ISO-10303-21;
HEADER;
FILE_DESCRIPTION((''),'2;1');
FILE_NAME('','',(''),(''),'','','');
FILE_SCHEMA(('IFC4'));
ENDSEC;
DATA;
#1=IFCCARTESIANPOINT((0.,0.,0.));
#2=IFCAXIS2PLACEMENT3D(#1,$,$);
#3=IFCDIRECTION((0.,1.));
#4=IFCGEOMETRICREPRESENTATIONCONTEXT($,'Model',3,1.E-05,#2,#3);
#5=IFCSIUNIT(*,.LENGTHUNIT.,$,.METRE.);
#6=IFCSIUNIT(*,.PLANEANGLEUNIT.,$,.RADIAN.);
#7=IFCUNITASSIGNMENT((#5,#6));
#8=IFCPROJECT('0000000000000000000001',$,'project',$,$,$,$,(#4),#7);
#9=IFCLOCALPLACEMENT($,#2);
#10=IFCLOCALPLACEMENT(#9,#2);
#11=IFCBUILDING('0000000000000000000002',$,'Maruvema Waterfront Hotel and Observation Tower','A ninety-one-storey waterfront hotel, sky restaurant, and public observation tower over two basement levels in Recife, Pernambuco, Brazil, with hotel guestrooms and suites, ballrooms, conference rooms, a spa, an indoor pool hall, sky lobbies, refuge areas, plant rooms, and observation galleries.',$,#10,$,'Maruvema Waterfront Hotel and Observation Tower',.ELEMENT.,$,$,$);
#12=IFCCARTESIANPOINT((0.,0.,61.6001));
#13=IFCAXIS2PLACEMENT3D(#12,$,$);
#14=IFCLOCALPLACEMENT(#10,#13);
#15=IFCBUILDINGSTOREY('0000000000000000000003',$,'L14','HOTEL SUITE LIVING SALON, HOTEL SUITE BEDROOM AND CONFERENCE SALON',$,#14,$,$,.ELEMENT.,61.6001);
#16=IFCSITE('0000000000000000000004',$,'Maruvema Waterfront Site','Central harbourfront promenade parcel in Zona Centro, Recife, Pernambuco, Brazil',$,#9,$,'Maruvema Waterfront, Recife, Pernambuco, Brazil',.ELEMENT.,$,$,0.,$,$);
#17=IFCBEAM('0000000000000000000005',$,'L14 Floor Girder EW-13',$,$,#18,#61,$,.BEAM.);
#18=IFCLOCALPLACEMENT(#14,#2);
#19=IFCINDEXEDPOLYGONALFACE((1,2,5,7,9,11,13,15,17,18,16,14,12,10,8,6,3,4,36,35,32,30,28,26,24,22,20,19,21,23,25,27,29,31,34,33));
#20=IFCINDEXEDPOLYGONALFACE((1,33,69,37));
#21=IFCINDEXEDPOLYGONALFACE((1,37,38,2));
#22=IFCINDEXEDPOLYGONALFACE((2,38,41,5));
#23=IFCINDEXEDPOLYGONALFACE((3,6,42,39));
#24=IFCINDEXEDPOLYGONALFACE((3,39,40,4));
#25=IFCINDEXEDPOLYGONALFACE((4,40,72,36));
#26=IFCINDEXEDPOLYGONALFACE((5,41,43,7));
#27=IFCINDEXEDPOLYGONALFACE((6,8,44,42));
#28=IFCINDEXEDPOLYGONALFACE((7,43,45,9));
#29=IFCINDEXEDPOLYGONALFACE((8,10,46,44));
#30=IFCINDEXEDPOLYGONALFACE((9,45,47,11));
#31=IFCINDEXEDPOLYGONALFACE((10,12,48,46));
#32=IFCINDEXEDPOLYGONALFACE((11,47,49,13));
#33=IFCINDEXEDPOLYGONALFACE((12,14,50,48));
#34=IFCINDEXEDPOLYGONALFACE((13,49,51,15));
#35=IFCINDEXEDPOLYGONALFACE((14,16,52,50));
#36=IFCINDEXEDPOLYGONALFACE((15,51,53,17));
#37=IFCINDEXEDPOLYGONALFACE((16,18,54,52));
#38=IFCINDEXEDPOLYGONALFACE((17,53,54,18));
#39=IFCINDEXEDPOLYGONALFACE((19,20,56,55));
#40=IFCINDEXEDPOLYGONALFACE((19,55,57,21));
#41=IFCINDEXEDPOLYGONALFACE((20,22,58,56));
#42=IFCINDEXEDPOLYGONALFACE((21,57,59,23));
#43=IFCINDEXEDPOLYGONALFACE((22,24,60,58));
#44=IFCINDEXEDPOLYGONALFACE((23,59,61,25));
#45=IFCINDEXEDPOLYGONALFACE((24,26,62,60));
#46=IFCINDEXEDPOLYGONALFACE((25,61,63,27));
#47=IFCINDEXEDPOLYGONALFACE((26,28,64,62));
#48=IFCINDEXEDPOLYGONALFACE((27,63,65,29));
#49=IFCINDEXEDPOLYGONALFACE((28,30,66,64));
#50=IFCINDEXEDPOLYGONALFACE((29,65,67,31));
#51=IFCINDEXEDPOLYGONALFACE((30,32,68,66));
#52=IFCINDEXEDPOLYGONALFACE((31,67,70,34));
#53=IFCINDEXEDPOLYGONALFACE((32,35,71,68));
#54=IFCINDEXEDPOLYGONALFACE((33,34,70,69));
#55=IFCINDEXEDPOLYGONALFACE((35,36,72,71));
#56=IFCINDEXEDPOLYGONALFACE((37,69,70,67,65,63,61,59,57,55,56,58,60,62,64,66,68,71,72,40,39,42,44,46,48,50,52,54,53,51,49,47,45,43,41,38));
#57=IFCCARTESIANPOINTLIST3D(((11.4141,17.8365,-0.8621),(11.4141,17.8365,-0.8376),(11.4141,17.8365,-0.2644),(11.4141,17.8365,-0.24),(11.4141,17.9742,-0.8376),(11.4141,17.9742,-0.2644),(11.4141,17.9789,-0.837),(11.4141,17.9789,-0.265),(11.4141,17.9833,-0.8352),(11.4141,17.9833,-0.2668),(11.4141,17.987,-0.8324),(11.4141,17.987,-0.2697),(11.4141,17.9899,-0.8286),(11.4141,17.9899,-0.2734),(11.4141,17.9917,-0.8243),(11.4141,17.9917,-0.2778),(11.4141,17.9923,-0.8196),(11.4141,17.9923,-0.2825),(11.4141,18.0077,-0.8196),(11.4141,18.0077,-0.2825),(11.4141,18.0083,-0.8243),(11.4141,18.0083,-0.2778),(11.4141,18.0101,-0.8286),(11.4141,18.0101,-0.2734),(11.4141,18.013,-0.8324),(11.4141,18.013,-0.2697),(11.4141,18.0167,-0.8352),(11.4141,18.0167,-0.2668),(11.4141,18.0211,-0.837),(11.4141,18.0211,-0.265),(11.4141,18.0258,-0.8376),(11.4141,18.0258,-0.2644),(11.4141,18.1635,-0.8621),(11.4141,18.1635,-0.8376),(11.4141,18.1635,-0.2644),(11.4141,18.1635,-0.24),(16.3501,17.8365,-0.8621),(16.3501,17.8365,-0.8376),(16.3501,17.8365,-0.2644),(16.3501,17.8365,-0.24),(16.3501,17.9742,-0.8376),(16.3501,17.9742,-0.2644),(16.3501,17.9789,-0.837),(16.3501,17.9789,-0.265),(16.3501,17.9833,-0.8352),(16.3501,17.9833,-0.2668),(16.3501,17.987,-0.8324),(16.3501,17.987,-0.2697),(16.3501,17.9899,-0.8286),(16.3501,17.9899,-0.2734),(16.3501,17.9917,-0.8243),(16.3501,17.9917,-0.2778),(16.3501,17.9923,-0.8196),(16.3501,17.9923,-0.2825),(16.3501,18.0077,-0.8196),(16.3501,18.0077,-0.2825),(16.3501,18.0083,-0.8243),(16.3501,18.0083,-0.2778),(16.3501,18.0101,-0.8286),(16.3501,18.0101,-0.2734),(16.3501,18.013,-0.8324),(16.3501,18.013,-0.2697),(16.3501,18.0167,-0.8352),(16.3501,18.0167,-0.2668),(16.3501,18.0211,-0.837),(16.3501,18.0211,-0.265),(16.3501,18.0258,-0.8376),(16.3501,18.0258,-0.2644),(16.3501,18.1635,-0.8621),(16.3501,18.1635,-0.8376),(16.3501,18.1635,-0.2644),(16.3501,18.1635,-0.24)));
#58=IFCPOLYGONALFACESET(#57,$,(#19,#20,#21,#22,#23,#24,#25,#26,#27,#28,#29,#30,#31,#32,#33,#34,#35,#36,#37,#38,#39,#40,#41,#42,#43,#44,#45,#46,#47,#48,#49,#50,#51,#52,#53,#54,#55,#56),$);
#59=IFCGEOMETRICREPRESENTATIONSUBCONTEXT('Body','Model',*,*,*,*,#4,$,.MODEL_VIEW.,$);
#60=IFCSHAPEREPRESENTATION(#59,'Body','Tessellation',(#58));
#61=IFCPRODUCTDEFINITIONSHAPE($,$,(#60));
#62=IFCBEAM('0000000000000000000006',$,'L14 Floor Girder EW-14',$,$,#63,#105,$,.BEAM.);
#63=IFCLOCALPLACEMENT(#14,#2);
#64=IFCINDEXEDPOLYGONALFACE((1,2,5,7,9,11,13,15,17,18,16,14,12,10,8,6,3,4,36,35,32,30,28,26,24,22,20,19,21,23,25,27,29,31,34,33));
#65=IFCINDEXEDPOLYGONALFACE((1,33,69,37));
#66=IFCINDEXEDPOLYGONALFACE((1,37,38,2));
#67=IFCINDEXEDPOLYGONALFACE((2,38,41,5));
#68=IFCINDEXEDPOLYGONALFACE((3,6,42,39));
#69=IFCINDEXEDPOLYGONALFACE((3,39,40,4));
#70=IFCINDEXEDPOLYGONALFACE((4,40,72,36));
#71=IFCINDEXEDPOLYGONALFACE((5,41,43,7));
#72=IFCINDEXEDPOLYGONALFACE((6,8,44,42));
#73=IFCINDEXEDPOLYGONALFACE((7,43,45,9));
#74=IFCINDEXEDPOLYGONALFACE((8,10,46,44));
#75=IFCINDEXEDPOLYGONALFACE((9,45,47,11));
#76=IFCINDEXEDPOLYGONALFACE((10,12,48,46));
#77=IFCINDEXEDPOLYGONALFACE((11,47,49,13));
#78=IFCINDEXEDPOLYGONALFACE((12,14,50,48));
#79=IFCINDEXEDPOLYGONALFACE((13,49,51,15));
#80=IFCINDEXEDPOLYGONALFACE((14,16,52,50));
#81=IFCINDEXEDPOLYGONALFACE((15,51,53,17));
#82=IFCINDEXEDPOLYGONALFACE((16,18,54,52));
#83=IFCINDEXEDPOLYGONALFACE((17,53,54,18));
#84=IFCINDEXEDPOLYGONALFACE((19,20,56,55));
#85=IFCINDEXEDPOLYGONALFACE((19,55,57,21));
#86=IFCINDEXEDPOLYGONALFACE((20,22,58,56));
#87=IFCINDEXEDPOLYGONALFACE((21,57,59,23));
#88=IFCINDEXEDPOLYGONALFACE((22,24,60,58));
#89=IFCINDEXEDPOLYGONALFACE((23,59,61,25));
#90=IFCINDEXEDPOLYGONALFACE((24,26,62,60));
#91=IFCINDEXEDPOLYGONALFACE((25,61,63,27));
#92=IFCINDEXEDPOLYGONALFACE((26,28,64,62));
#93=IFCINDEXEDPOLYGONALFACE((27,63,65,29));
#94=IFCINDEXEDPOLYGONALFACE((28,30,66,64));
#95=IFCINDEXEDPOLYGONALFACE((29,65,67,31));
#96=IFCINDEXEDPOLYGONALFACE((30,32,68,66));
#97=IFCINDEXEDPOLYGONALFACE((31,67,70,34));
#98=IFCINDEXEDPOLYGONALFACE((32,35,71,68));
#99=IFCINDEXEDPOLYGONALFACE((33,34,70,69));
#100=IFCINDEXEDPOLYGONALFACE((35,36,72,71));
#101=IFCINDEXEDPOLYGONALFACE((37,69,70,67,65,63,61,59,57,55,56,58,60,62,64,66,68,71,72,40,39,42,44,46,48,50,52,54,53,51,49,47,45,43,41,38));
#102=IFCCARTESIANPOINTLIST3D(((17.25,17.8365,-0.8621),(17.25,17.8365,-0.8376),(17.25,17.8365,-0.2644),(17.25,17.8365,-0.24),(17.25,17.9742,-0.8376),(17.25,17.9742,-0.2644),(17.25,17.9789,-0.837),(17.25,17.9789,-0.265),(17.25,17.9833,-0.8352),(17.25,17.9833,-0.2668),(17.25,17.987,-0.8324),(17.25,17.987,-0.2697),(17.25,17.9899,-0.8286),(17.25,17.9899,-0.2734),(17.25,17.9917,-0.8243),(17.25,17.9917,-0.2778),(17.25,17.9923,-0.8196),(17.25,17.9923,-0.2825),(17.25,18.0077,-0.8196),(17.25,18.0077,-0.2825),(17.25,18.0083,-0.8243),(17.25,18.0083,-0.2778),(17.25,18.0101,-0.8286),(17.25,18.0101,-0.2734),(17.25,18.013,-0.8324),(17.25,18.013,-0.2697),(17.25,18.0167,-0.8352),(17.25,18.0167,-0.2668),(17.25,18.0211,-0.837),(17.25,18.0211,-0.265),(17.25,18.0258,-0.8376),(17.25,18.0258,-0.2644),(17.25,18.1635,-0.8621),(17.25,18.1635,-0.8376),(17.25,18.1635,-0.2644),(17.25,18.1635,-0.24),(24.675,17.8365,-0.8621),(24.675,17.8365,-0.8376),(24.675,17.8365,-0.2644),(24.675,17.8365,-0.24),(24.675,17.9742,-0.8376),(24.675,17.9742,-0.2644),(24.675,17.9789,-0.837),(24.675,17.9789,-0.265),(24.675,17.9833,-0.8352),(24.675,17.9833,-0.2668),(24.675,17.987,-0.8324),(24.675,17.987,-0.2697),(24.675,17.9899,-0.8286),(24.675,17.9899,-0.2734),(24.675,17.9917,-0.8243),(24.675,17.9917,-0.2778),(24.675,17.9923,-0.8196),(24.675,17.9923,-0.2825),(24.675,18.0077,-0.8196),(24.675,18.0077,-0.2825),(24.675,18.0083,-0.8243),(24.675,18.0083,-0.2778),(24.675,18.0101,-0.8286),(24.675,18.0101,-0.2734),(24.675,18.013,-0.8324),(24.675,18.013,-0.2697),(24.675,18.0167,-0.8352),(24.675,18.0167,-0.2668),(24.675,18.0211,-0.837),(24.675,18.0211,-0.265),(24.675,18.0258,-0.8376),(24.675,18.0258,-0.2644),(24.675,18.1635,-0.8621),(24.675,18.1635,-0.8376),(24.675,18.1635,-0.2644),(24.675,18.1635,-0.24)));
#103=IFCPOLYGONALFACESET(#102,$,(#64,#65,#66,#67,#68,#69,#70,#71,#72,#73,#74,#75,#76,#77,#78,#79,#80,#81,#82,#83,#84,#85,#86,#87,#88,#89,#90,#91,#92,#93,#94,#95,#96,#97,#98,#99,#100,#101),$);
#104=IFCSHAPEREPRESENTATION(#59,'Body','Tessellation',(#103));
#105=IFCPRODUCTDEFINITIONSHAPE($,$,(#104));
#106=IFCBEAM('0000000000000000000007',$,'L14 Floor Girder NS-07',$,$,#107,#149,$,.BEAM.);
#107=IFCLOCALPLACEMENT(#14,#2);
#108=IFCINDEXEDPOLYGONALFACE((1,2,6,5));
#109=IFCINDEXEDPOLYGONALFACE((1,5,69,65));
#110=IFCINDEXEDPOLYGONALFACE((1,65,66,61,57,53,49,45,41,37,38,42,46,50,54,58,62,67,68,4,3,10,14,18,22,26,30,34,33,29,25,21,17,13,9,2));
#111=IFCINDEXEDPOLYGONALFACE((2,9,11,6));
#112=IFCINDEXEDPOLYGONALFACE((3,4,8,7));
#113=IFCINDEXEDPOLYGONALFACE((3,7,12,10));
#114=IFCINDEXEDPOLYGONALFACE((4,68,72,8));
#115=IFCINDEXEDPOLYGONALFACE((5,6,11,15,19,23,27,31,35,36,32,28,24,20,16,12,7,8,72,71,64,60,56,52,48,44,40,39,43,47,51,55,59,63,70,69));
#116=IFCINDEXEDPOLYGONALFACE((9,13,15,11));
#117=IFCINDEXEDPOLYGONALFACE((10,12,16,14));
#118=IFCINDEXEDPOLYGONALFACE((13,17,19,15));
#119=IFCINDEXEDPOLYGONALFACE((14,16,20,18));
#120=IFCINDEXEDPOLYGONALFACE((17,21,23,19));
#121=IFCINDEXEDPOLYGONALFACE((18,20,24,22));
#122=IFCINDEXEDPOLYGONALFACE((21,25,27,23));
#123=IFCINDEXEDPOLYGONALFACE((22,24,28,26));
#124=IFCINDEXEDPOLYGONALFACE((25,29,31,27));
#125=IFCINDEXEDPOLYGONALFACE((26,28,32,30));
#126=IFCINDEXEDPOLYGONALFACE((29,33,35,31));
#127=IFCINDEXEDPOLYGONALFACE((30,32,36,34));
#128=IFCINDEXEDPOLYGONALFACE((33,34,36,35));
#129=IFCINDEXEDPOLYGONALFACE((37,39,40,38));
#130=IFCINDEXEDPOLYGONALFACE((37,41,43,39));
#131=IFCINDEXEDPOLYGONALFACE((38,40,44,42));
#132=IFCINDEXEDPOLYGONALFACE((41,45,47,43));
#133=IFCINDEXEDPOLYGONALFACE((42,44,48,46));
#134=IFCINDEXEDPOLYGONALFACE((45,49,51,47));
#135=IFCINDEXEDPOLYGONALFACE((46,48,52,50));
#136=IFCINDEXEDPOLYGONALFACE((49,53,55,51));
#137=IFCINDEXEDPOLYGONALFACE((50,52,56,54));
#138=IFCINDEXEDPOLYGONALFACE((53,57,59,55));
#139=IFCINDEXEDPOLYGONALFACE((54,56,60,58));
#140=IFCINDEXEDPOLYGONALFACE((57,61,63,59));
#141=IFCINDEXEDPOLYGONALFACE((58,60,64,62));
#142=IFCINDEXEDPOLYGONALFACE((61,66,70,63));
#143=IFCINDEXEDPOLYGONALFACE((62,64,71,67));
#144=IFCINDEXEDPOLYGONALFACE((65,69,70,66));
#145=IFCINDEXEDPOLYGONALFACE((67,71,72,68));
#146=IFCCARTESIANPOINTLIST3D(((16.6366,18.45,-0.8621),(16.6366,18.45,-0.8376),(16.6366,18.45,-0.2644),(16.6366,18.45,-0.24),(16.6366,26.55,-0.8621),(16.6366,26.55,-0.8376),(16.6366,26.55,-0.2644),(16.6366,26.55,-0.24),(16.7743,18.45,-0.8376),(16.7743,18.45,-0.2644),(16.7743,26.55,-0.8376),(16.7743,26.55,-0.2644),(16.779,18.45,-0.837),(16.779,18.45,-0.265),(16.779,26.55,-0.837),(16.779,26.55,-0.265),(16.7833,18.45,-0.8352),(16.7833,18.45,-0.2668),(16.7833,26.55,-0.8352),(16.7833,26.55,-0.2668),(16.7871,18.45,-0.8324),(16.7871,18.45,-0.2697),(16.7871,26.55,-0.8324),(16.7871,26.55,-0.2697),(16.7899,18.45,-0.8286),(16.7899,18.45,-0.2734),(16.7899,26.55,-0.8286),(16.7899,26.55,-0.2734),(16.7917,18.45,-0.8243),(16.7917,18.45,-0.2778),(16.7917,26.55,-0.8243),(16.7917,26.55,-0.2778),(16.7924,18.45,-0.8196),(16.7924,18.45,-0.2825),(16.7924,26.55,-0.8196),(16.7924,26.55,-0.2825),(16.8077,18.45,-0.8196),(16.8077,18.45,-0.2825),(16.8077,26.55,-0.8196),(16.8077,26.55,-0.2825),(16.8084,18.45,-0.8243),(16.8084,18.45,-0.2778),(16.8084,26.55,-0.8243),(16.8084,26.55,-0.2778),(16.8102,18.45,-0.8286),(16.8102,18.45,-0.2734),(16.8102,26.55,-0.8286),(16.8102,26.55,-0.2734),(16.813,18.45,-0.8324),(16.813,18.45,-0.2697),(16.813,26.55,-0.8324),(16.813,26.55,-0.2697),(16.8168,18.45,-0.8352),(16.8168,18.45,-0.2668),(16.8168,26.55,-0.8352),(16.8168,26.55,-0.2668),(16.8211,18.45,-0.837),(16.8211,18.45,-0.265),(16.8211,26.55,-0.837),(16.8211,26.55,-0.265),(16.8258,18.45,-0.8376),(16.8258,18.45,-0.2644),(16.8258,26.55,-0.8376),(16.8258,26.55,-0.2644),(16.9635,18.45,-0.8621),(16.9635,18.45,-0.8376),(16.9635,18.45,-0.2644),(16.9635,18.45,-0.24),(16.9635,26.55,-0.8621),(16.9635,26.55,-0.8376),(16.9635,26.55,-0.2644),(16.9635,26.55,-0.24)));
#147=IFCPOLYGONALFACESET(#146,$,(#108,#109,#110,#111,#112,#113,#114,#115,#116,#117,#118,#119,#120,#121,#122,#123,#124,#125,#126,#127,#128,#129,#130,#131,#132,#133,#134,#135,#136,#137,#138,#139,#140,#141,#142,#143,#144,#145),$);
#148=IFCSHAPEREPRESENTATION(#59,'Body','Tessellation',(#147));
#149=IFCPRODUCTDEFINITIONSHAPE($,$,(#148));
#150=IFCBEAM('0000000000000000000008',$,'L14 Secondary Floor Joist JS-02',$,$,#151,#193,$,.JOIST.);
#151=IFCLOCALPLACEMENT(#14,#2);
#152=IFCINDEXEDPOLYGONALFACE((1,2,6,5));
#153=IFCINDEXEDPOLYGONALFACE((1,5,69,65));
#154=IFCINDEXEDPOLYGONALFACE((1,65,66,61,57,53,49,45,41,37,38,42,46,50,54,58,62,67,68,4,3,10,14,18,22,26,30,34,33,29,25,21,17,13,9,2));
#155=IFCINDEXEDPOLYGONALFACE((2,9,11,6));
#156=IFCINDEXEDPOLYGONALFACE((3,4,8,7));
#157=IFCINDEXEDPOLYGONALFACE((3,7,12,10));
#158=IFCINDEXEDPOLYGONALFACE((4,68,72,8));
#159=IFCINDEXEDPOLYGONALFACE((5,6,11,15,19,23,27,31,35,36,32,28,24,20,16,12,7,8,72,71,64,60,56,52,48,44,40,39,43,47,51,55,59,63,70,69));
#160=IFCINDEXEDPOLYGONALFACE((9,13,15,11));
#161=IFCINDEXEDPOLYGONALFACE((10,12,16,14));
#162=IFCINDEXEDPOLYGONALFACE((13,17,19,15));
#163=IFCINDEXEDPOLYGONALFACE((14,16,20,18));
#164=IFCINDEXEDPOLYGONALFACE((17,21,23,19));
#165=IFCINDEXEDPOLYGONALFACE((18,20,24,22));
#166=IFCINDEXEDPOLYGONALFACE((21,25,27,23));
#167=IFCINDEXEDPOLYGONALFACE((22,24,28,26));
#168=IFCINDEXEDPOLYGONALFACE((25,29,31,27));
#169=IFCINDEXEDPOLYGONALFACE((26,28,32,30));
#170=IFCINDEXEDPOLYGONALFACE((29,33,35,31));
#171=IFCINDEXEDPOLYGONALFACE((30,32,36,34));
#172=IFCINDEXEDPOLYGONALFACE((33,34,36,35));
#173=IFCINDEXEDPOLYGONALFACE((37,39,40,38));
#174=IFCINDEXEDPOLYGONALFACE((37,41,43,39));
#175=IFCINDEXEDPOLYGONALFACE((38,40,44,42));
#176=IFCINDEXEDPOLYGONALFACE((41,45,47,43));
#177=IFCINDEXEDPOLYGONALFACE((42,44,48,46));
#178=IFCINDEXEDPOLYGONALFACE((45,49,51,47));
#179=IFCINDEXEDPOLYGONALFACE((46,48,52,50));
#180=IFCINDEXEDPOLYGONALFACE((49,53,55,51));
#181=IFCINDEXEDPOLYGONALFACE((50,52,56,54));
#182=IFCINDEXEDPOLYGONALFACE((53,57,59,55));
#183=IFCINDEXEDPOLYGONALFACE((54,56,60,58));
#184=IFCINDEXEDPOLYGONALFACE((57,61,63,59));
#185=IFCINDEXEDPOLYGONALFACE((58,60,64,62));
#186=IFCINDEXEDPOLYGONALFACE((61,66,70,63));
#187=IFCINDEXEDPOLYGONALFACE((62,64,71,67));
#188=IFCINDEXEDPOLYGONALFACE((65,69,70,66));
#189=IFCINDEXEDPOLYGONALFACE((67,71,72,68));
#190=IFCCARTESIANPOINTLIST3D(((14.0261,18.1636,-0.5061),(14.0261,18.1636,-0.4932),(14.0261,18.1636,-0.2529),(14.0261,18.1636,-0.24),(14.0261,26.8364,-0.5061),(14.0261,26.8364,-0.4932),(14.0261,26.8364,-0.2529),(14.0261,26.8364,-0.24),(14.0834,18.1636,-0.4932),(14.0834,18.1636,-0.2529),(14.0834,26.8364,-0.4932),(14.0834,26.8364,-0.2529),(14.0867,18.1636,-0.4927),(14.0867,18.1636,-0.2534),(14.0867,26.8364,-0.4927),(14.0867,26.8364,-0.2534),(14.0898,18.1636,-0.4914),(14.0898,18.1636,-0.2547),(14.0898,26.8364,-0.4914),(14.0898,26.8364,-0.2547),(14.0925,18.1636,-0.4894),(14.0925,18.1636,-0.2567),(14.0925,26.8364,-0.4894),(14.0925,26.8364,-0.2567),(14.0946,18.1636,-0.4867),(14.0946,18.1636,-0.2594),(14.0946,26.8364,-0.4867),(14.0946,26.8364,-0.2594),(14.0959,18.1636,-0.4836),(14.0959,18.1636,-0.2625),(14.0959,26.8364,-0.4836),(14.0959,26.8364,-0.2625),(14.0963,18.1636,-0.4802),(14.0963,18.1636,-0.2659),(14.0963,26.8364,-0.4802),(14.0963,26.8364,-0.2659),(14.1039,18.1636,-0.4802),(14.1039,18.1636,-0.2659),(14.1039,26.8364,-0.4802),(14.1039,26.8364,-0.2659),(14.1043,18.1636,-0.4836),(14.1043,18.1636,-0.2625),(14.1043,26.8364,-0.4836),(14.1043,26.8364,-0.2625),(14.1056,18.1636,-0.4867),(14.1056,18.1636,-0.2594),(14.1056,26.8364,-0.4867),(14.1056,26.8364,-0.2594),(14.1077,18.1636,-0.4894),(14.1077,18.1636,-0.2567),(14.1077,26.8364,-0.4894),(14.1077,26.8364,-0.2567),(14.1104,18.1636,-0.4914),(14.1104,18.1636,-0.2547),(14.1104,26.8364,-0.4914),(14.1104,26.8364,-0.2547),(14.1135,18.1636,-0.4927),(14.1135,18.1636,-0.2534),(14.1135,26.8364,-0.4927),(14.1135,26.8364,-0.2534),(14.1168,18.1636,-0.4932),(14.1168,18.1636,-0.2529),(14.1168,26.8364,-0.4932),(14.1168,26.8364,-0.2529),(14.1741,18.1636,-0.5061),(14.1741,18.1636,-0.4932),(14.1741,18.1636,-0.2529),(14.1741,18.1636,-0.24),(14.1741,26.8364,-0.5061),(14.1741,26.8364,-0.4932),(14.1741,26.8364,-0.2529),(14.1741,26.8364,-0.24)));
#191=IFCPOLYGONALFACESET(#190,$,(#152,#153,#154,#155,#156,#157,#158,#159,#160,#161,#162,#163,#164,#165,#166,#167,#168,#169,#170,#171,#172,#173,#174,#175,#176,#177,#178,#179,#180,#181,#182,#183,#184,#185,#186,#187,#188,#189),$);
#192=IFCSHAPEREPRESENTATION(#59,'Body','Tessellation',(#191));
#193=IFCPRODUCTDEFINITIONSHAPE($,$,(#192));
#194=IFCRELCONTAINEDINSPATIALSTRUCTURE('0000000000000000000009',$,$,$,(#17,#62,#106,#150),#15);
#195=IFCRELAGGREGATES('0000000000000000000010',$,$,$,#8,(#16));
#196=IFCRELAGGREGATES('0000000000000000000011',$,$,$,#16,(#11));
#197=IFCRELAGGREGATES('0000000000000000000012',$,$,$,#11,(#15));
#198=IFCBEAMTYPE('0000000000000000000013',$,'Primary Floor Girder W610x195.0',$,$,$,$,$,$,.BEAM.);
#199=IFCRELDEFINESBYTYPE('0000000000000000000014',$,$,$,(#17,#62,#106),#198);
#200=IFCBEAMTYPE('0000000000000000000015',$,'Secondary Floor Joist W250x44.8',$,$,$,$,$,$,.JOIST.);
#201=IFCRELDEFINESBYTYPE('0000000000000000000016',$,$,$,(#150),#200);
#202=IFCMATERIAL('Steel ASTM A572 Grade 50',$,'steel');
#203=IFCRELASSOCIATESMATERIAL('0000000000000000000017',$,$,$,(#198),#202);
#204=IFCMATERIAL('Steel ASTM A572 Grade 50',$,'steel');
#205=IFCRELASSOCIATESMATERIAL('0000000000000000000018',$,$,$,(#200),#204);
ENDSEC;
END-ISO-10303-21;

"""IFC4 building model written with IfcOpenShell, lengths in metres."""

from ifc_helpers import new_model, si_unit, direction, frame, origin, origin_2d, place, context, subcontext, project, spatial, i_section, extrude, material, material_profile, profile_set, type_object, element, save


model = new_model("IFC4")

# Units and contexts
model_context = context("Model", 3, precision=1e-05, world=origin(), true_north=direction((0.0, 1.0)))
body_context = subcontext(model_context, "Body", "Model", "MODEL_VIEW")
ifc_project = project(units=[si_unit("LENGTHUNIT", "METRE"), si_unit("PLANEANGLEUNIT", "RADIAN")], contexts=[model_context])

# Site, building, storey
site_placement = place(None, origin())
site = spatial("IfcSite", under=ifc_project, at=site_placement, Name="Maruvema Waterfront Site", Description="Central harbourfront promenade parcel in Zona Centro, Recife, Pernambuco, Brazil", LongName="Maruvema Waterfront, Recife, Pernambuco, Brazil", CompositionType="ELEMENT", RefElevation=0.0)
building_placement = place(site_placement, origin())
building = spatial("IfcBuilding", under=site, at=building_placement, Name="Maruvema Waterfront Hotel and Observation Tower", Description="A ninety-one-storey waterfront hotel, sky restaurant, and public observation tower over two basement levels in Recife, Pernambuco, Brazil, with hotel guestrooms and suites, ballrooms, conference rooms, a spa, an indoor pool hall, sky lobbies, refuge areas, plant rooms, and observation galleries.", LongName="Maruvema Waterfront Hotel and Observation Tower", CompositionType="ELEMENT")
storey_placement = place(building_placement, frame((0.0, 0.0, 61.6001)))
storey = spatial("IfcBuildingStorey", under=building, at=storey_placement, Name="L14", Description="HOTEL SUITE LIVING SALON, HOTEL SUITE BEDROOM AND CONFERENCE SALON", CompositionType="ELEMENT", Elevation=61.6001)

# Beams
ifc_material_1 = material(Name="Steel ASTM A572 Grade 50", Category="steel")
ifc_material_profile_1 = material_profile(ifc_material_1, i_section(OverallWidth=0.3269, OverallDepth=0.6221, WebThickness=0.0154, FlangeThickness=0.0244, FilletRadius=0.0181, at=origin_2d()), Name="W610x195.0")
ifc_profile_set_1 = profile_set([ifc_material_profile_1], Name="Steel ASTM A572 Grade 50")
beam_type_1 = type_object("IfcBeamType", Name="Primary Floor Girder W610x195.0", PredefinedType="BEAM", material=ifc_profile_set_1)
beam_1_placement = place(storey_placement, frame((11.4141, 18.0, -0.551), z_axis=(1.0, 0.0, 0.0), x_axis=(0.0, 1.0, 0.0)))
element("IfcBeam", 1, at=beam_1_placement, inside=storey, type_object=beam_type_1, Name="L14 Floor Girder EW-13", PredefinedType="BEAM", context=body_context, shape_type="SweptSolid", body=[
    extrude(i_section(OverallWidth=0.3269, OverallDepth=0.6221, WebThickness=0.0154, FlangeThickness=0.0244, FilletRadius=0.0181, at=origin_2d()), origin(), (0.0, 0.0, 1.0), 4.936),
])
beam_2_placement = place(storey_placement, frame((17.25, 18.0, -0.551), z_axis=(1.0, 0.0, 0.0), x_axis=(0.0, 1.0, 0.0)))
element("IfcBeam", 2, at=beam_2_placement, inside=storey, type_object=beam_type_1, Name="L14 Floor Girder EW-14", PredefinedType="BEAM", context=body_context, shape_type="SweptSolid", body=[
    extrude(i_section(OverallWidth=0.3269, OverallDepth=0.6221, WebThickness=0.0154, FlangeThickness=0.0244, FilletRadius=0.0181, at=origin_2d()), origin(), (0.0, 0.0, 1.0), 7.425),
])
beam_3_placement = place(storey_placement, frame((16.8, 18.45, -0.551), z_axis=(0.0, 1.0, 0.0), x_axis=(-1.0, 0.0, 0.0)))
element("IfcBeam", 3, at=beam_3_placement, inside=storey, type_object=beam_type_1, Name="L14 Floor Girder NS-07", PredefinedType="BEAM", context=body_context, shape_type="SweptSolid", body=[
    extrude(i_section(OverallWidth=0.3269, OverallDepth=0.6221, WebThickness=0.0154, FlangeThickness=0.0244, FilletRadius=0.0181, at=origin_2d()), origin(), (0.0, 0.0, 1.0), 8.1001),
])
ifc_material_2 = material(Name="Steel ASTM A572 Grade 50", Category="steel")
ifc_material_profile_2 = material_profile(ifc_material_2, i_section(OverallWidth=0.1479, OverallDepth=0.2661, WebThickness=0.0076, FlangeThickness=0.0129, FilletRadius=0.0129, at=origin_2d()), Name="W250x44.8")
ifc_profile_set_2 = profile_set([ifc_material_profile_2], Name="Steel ASTM A572 Grade 50")
beam_type_2 = type_object("IfcBeamType", Name="Secondary Floor Joist W250x44.8", PredefinedType="JOIST", material=ifc_profile_set_2)
beam_4_placement = place(storey_placement, frame((14.1001, 18.1636, -0.373), z_axis=(0.0, 1.0, 0.0), x_axis=(-1.0, 0.0, 0.0)))
element("IfcBeam", 4, at=beam_4_placement, inside=storey, type_object=beam_type_2, Name="L14 Secondary Floor Joist JS-02", PredefinedType="JOIST", context=body_context, shape_type="SweptSolid", body=[
    extrude(i_section(OverallWidth=0.1479, OverallDepth=0.2661, WebThickness=0.0076, FlangeThickness=0.0129, FilletRadius=0.0129, at=origin_2d()), origin(), (0.0, 0.0, 1.0), 8.6729),
])

save(model, "model.ifc")
